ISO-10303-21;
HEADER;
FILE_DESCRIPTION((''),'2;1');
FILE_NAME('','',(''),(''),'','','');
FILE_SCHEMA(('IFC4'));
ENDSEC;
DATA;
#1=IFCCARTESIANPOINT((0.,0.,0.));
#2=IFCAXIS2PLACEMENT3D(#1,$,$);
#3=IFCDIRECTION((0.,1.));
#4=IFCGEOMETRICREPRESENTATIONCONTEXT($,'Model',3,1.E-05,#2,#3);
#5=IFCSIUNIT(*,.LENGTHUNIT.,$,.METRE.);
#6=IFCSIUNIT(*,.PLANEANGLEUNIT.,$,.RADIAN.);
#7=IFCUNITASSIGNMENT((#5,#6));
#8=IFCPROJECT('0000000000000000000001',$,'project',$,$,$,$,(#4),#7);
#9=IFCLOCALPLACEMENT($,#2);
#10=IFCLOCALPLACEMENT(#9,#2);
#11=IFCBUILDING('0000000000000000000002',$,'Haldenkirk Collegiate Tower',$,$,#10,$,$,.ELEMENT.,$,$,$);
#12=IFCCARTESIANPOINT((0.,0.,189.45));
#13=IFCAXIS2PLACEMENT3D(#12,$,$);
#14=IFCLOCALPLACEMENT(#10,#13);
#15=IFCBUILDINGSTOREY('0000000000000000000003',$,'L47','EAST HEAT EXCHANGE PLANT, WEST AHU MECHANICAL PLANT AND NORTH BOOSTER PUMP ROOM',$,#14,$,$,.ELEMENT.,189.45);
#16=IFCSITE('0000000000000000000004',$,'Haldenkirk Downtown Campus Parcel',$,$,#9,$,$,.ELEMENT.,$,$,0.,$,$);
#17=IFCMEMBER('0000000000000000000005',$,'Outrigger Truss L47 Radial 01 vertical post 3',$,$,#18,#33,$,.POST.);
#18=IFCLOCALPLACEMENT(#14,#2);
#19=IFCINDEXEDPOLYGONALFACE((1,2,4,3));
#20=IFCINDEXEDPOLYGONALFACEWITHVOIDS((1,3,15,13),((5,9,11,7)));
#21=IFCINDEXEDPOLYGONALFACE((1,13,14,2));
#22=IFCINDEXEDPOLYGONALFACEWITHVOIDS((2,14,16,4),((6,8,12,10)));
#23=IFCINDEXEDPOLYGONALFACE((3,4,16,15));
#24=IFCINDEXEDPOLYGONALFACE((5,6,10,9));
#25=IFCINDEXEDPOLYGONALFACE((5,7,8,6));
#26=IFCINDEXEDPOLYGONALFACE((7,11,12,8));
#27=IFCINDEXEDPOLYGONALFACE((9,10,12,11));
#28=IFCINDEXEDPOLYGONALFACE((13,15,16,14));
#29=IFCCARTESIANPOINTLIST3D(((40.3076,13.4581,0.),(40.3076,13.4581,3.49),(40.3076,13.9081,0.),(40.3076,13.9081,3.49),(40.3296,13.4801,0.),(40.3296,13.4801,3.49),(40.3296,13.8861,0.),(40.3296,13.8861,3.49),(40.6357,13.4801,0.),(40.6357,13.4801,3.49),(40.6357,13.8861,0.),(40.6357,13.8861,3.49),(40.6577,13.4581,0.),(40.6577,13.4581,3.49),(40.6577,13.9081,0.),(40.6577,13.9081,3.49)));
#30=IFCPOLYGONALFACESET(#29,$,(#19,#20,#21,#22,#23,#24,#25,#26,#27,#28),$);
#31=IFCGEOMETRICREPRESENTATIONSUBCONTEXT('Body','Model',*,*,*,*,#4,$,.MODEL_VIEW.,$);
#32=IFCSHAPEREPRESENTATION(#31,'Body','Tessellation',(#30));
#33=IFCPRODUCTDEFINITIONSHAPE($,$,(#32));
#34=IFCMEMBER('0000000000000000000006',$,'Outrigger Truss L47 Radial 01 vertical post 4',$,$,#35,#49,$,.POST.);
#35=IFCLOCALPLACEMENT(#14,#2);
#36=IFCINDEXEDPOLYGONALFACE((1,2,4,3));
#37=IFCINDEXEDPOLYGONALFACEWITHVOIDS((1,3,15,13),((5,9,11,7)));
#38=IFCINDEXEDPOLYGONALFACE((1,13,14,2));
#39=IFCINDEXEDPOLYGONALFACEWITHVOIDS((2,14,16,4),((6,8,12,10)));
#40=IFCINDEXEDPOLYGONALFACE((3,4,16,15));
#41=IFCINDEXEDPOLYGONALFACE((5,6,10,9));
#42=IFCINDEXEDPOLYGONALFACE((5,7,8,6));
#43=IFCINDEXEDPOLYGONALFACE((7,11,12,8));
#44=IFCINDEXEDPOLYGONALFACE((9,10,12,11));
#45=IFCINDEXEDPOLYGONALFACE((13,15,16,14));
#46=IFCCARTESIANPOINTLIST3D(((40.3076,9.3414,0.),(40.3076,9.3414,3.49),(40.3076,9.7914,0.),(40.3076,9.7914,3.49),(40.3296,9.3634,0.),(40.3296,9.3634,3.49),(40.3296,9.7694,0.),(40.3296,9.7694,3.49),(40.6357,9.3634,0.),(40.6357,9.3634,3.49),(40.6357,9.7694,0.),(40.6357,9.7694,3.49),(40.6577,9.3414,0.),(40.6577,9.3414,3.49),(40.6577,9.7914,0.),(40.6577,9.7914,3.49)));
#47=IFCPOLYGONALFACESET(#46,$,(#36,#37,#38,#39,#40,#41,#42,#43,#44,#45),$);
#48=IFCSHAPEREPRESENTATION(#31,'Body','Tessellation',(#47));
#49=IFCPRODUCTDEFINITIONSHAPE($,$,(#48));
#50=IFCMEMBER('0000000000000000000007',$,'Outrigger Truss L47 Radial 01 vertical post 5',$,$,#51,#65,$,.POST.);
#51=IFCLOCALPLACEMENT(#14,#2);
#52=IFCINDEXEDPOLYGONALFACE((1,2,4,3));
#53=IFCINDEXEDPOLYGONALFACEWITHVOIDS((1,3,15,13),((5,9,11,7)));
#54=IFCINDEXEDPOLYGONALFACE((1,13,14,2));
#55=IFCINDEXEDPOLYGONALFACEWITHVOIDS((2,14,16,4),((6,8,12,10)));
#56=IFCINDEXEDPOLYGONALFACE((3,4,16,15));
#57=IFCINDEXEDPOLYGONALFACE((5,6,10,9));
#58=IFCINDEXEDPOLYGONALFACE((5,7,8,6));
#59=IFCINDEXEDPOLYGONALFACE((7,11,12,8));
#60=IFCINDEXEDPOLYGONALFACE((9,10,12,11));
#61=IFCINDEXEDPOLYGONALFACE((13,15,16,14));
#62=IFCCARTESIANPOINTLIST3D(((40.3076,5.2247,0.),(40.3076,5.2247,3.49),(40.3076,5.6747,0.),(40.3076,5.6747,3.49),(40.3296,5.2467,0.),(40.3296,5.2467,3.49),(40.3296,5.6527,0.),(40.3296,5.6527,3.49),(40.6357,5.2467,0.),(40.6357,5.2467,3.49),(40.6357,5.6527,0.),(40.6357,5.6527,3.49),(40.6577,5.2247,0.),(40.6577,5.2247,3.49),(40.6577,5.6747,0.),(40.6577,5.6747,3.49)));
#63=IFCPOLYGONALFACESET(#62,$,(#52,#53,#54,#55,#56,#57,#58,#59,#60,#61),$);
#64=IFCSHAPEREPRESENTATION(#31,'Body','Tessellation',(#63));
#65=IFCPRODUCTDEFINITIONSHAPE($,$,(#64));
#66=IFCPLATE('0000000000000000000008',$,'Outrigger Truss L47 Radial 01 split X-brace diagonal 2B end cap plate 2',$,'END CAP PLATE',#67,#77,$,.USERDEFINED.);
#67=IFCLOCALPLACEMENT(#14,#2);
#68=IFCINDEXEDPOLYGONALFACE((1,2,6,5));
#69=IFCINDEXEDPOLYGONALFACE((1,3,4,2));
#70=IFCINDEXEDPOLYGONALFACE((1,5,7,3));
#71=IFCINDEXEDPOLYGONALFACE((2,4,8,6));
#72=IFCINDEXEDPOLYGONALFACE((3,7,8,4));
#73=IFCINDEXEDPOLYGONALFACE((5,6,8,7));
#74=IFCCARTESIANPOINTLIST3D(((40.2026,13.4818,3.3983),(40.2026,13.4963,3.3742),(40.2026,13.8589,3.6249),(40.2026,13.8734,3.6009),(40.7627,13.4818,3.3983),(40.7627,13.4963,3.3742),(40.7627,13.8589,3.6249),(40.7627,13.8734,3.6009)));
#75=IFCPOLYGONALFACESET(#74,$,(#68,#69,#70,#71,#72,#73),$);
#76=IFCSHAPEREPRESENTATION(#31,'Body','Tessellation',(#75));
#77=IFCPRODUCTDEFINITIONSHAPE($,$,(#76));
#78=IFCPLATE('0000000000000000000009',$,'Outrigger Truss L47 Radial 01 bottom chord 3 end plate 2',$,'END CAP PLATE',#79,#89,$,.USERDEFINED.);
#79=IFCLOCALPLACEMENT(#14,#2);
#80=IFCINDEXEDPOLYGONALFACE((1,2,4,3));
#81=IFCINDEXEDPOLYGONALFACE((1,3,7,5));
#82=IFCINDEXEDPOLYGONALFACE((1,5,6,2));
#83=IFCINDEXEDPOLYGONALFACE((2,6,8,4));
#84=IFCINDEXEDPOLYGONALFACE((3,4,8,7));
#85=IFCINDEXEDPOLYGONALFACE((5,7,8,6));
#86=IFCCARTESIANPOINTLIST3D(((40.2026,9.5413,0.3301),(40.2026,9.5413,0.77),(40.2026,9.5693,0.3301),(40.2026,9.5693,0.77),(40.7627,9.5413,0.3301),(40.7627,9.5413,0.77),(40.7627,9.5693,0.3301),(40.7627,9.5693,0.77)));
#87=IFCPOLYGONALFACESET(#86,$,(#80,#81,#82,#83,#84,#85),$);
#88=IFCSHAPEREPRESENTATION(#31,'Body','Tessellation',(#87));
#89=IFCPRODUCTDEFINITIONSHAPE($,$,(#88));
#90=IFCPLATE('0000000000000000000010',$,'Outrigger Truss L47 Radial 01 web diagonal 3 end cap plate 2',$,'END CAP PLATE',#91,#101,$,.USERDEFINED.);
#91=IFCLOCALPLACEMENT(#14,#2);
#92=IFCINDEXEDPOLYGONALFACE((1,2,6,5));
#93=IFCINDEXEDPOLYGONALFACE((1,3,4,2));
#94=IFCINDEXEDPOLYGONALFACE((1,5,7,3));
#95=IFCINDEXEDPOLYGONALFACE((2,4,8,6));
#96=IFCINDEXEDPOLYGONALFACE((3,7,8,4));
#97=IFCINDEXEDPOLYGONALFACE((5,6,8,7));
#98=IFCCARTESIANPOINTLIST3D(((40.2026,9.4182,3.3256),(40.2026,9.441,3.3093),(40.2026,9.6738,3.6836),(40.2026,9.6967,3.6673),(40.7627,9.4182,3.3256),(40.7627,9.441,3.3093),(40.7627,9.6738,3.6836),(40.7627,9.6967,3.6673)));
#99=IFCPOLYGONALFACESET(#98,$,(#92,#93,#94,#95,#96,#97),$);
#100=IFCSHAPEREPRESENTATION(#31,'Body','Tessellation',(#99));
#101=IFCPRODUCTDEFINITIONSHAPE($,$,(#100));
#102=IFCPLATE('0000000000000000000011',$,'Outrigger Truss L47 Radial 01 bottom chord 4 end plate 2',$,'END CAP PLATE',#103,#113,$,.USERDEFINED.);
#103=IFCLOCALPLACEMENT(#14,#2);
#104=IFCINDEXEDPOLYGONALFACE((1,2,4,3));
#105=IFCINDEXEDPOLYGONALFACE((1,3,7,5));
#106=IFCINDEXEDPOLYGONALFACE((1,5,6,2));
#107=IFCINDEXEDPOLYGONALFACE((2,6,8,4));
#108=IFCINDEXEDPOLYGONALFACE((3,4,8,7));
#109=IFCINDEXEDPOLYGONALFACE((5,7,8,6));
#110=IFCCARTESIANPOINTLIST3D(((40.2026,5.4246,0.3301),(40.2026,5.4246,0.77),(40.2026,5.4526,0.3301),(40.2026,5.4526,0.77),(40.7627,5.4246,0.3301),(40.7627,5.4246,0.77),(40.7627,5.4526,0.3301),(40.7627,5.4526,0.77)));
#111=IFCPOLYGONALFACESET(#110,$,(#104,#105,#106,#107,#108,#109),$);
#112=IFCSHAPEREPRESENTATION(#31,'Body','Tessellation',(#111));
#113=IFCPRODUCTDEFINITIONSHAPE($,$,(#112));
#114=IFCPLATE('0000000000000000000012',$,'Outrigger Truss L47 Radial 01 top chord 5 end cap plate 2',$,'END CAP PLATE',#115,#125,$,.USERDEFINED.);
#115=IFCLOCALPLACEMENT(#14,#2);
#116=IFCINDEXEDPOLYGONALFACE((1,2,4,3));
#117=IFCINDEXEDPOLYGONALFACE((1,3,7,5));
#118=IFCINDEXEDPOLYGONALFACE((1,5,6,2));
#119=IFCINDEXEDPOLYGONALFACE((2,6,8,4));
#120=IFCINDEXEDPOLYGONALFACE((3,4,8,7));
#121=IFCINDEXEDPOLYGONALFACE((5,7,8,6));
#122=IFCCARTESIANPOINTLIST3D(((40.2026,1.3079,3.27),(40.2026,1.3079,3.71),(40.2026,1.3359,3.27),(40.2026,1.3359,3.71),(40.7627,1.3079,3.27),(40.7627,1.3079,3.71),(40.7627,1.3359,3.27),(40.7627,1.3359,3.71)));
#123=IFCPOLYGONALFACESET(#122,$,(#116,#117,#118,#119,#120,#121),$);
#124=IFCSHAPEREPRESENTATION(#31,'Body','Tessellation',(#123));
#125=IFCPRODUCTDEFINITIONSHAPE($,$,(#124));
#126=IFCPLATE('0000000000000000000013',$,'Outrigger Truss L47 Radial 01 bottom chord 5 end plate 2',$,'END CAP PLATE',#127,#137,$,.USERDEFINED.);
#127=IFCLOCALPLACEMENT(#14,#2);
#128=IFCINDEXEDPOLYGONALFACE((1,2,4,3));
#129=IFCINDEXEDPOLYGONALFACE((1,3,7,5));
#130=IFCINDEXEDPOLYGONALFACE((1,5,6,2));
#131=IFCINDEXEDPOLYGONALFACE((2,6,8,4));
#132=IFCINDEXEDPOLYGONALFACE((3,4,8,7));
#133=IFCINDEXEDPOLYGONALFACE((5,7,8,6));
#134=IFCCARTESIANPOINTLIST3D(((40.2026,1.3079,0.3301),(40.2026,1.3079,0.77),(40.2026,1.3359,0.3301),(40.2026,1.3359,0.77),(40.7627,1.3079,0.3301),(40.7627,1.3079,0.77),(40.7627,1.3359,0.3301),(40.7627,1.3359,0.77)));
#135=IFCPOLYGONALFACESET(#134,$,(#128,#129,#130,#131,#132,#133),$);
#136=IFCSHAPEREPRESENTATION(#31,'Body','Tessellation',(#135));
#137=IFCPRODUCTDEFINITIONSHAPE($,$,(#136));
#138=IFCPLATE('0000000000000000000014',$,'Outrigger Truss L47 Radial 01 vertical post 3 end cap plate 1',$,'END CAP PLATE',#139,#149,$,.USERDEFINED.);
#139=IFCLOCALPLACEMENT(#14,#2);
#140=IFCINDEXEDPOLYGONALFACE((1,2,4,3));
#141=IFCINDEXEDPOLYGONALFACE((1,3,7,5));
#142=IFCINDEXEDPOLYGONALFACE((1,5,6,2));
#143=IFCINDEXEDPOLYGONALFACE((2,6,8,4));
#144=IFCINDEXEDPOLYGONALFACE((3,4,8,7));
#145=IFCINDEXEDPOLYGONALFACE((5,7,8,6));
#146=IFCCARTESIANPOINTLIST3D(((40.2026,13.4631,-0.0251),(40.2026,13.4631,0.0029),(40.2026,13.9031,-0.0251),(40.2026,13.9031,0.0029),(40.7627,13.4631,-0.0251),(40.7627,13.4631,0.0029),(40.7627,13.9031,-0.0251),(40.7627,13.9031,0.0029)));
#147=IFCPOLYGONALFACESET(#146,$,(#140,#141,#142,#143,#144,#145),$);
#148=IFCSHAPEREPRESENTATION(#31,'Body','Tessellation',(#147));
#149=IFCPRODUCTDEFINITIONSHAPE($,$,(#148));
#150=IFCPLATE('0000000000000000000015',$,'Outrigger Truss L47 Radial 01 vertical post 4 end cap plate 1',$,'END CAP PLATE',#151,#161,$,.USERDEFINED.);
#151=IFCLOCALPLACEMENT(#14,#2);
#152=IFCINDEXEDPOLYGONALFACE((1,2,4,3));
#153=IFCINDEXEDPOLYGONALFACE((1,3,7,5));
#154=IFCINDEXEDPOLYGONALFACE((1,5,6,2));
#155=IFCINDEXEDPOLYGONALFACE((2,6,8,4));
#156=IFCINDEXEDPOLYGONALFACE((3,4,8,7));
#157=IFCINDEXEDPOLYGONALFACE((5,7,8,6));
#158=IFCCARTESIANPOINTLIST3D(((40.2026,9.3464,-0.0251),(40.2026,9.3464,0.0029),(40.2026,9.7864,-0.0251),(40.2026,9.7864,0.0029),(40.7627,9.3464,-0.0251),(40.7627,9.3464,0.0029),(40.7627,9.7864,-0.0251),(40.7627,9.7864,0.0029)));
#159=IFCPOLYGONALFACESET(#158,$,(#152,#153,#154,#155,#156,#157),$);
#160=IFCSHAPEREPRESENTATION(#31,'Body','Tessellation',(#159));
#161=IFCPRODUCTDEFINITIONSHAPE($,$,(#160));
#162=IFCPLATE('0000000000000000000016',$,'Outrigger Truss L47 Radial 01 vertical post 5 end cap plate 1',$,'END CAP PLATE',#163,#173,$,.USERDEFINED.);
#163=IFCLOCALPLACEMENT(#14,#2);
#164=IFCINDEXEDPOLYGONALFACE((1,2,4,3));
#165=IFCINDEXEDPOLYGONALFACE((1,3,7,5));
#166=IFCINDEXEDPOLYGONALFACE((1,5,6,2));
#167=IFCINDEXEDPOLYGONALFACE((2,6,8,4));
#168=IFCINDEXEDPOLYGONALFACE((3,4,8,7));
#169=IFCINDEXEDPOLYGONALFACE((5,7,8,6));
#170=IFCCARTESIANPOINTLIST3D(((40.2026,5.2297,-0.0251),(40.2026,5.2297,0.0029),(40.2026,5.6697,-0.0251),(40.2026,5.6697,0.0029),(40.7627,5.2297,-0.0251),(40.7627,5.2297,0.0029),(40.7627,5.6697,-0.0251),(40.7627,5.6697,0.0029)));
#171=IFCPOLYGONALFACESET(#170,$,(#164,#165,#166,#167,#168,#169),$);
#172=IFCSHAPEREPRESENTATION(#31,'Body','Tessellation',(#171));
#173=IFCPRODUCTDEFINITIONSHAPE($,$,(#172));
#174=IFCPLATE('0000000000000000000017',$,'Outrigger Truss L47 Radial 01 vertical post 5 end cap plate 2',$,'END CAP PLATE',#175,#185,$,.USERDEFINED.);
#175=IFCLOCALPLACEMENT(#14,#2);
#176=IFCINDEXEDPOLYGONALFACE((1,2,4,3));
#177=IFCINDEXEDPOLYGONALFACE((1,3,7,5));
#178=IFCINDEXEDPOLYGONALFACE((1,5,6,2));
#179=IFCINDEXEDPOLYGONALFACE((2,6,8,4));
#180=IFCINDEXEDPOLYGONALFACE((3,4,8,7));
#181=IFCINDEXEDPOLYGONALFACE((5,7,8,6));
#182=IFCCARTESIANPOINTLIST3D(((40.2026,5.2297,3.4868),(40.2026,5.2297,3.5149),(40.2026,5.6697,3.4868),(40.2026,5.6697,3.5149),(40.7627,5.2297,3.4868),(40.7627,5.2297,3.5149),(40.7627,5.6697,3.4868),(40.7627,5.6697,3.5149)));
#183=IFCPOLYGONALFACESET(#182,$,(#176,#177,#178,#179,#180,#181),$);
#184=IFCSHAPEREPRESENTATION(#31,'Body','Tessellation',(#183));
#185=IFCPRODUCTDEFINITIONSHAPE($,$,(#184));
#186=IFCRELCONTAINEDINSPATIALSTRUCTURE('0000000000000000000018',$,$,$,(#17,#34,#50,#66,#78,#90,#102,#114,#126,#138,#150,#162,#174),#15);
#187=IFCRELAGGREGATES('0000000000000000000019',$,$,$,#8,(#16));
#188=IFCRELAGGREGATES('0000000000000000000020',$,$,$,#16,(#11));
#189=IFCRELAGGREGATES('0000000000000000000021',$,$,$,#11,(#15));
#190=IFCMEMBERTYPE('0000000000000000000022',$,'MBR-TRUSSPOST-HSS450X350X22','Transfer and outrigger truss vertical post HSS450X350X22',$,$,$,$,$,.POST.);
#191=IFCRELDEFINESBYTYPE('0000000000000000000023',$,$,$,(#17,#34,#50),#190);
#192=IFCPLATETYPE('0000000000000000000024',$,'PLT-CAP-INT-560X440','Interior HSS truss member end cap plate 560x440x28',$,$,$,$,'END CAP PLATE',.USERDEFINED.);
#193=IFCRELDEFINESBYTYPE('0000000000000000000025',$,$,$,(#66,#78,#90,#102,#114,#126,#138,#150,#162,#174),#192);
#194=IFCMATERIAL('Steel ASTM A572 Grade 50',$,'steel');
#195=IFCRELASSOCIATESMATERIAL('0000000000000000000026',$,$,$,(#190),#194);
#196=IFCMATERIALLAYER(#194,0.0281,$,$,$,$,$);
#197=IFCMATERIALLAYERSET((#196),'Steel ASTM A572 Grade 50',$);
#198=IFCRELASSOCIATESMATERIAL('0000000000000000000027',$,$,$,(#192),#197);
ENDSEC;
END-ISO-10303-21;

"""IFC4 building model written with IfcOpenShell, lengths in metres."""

from ifc_helpers import new_model, si_unit, direction, frame, origin, origin_2d, place, context, subcontext, project, spatial, rectangle, hollow_rectangle, extrude, source, transform, mapped, material, layer, layer_set, material_profile, profile_set, type_object, element, save


model = new_model("IFC4")

# Units and contexts
model_context = context("Model", 3, precision=1e-05, world=origin(), true_north=direction((0.0, 1.0)))
body_context = subcontext(model_context, "Body", "Model", "MODEL_VIEW")
ifc_project = project(units=[si_unit("LENGTHUNIT", "METRE"), si_unit("PLANEANGLEUNIT", "RADIAN")], contexts=[model_context])

# Site, building, storey
site_placement = place(None, origin())
site = spatial("IfcSite", under=ifc_project, at=site_placement, Name="Haldenkirk Downtown Campus Parcel", CompositionType="ELEMENT", RefElevation=0.0)
building_placement = place(site_placement, origin())
building = spatial("IfcBuilding", under=site, at=building_placement, Name="Haldenkirk Collegiate Tower", CompositionType="ELEMENT")
storey_placement = place(building_placement, frame((0.0, 0.0, 189.45)))
storey = spatial("IfcBuildingStorey", under=building, at=storey_placement, Name="L47", Description="EAST HEAT EXCHANGE PLANT, WEST AHU MECHANICAL PLANT AND NORTH BOOSTER PUMP ROOM", CompositionType="ELEMENT", Elevation=189.45)

# Members
ifc_material_1 = material(Name="Steel ASTM A572 Grade 50", Category="steel")
ifc_material_profile_1 = material_profile(ifc_material_1, hollow_rectangle(XDim=0.3501, YDim=0.45, WallThickness=0.022, at=origin_2d()), Name="HSS450X350X22")
ifc_profile_set_1 = profile_set([ifc_material_profile_1], Name="Steel ASTM A572 Grade 50")
member_type_1 = type_object("IfcMemberType", Name="MBR-TRUSSPOST-HSS450X350X22", Description="Transfer and outrigger truss vertical post HSS450X350X22", PredefinedType="POST", material=ifc_profile_set_1)
for number, where, z_axis, x_axis, name in (
    (1, (40.4827, 13.6831, 0.0), (0.0, 0.0, 1.0), (1.0, 0.0, 0.0), "Outrigger Truss L47 Radial 01 vertical post 3"),
    (2, (40.4827, 9.5664, 0.0), (0.0, 0.0, 1.0), (1.0, 0.0, 0.0), "Outrigger Truss L47 Radial 01 vertical post 4"),
    (3, (40.4827, 5.4497, 0.0), (0.0, 0.0, 1.0), (1.0, 0.0, 0.0), "Outrigger Truss L47 Radial 01 vertical post 5"),
):
    element("IfcMember", number, at=place(storey_placement, frame(where, z_axis=z_axis, x_axis=x_axis)), inside=storey, type_object=member_type_1, Name=name, PredefinedType="POST", context=body_context, shape_type="SweptSolid", body=[
        extrude(hollow_rectangle(XDim=0.3501, YDim=0.45, WallThickness=0.022, at=origin_2d()), origin(), (0.0, 0.0, 1.0), 3.49),
    ])

# Plates
ifc_layer = layer(ifc_material_1, 0.0281)
ifc_layer_set = layer_set([ifc_layer], Name="Steel ASTM A572 Grade 50")
plate_type = type_object("IfcPlateType", Name="PLT-CAP-INT-560X440", Description="Interior HSS truss member end cap plate 560x440x28", ElementType="END CAP PLATE", PredefinedType="USERDEFINED", material=ifc_layer_set)
shared_shape = source(origin(), body_context, "Body", "SweptSolid", [
    extrude(rectangle(XDim=0.5601, YDim=0.4399, at=origin_2d()), origin(), (0.0, 0.0, 1.0), 0.0281),
])
for number, where, z_axis, x_axis, name in (
    (4, (40.4827, 13.6848, 3.4875), (0.0, -0.515104, 0.857128), (1.0, 0.0, 0.0), "Outrigger Truss L47 Radial 01 split X-brace diagonal 2B end cap plate 2"),
    (5, (40.4827, 9.5693, 0.55), (0.0, -1.0, 0.0), (1.0, 0.0, 0.0), "Outrigger Truss L47 Radial 01 bottom chord 3 end plate 2"),
    (6, (40.4827, 9.5688, 3.4883), (0.0, -0.813787, 0.581163), (1.0, 0.0, 0.0), "Outrigger Truss L47 Radial 01 web diagonal 3 end cap plate 2"),
    (7, (40.4827, 5.4526, 0.55), (0.0, -1.0, 0.0), (1.0, 0.0, 0.0), "Outrigger Truss L47 Radial 01 bottom chord 4 end plate 2"),
    (8, (40.4827, 1.3359, 3.49), (0.0, -1.0, 0.0), (1.0, 0.0, 0.0), "Outrigger Truss L47 Radial 01 top chord 5 end cap plate 2"),
    (9, (40.4827, 1.3359, 0.55), (0.0, -1.0, 0.0), (1.0, 0.0, 0.0), "Outrigger Truss L47 Radial 01 bottom chord 5 end plate 2"),
    (10, (40.4827, 13.6831, 0.0029), (0.0, 0.0, -1.0), (1.0, 0.0, 0.0), "Outrigger Truss L47 Radial 01 vertical post 3 end cap plate 1"),
    (11, (40.4827, 9.5664, 0.0029), (0.0, 0.0, -1.0), (1.0, 0.0, 0.0), "Outrigger Truss L47 Radial 01 vertical post 4 end cap plate 1"),
    (12, (40.4827, 5.4497, 0.0029), (0.0, 0.0, -1.0), (1.0, 0.0, 0.0), "Outrigger Truss L47 Radial 01 vertical post 5 end cap plate 1"),
    (13, (40.4827, 5.4497, 3.4868), (0.0, 0.0, 1.0), (1.0, 0.0, 0.0), "Outrigger Truss L47 Radial 01 vertical post 5 end cap plate 2"),
):
    element("IfcPlate", number, at=place(storey_placement, frame(where, z_axis=z_axis, x_axis=x_axis)), inside=storey, type_object=plate_type, Name=name, ObjectType="END CAP PLATE", PredefinedType="USERDEFINED", context=body_context, shape_type="MappedRepresentation", body=[
        mapped(shared_shape, transform((0.0, 0.0, 0.0), x_axis=(1.0, 0.0, 0.0), y_axis=(0.0, 1.0, 0.0), z_axis=(0.0, 0.0, 1.0), scale=1.0)),
    ])

save(model, "model.ifc")
